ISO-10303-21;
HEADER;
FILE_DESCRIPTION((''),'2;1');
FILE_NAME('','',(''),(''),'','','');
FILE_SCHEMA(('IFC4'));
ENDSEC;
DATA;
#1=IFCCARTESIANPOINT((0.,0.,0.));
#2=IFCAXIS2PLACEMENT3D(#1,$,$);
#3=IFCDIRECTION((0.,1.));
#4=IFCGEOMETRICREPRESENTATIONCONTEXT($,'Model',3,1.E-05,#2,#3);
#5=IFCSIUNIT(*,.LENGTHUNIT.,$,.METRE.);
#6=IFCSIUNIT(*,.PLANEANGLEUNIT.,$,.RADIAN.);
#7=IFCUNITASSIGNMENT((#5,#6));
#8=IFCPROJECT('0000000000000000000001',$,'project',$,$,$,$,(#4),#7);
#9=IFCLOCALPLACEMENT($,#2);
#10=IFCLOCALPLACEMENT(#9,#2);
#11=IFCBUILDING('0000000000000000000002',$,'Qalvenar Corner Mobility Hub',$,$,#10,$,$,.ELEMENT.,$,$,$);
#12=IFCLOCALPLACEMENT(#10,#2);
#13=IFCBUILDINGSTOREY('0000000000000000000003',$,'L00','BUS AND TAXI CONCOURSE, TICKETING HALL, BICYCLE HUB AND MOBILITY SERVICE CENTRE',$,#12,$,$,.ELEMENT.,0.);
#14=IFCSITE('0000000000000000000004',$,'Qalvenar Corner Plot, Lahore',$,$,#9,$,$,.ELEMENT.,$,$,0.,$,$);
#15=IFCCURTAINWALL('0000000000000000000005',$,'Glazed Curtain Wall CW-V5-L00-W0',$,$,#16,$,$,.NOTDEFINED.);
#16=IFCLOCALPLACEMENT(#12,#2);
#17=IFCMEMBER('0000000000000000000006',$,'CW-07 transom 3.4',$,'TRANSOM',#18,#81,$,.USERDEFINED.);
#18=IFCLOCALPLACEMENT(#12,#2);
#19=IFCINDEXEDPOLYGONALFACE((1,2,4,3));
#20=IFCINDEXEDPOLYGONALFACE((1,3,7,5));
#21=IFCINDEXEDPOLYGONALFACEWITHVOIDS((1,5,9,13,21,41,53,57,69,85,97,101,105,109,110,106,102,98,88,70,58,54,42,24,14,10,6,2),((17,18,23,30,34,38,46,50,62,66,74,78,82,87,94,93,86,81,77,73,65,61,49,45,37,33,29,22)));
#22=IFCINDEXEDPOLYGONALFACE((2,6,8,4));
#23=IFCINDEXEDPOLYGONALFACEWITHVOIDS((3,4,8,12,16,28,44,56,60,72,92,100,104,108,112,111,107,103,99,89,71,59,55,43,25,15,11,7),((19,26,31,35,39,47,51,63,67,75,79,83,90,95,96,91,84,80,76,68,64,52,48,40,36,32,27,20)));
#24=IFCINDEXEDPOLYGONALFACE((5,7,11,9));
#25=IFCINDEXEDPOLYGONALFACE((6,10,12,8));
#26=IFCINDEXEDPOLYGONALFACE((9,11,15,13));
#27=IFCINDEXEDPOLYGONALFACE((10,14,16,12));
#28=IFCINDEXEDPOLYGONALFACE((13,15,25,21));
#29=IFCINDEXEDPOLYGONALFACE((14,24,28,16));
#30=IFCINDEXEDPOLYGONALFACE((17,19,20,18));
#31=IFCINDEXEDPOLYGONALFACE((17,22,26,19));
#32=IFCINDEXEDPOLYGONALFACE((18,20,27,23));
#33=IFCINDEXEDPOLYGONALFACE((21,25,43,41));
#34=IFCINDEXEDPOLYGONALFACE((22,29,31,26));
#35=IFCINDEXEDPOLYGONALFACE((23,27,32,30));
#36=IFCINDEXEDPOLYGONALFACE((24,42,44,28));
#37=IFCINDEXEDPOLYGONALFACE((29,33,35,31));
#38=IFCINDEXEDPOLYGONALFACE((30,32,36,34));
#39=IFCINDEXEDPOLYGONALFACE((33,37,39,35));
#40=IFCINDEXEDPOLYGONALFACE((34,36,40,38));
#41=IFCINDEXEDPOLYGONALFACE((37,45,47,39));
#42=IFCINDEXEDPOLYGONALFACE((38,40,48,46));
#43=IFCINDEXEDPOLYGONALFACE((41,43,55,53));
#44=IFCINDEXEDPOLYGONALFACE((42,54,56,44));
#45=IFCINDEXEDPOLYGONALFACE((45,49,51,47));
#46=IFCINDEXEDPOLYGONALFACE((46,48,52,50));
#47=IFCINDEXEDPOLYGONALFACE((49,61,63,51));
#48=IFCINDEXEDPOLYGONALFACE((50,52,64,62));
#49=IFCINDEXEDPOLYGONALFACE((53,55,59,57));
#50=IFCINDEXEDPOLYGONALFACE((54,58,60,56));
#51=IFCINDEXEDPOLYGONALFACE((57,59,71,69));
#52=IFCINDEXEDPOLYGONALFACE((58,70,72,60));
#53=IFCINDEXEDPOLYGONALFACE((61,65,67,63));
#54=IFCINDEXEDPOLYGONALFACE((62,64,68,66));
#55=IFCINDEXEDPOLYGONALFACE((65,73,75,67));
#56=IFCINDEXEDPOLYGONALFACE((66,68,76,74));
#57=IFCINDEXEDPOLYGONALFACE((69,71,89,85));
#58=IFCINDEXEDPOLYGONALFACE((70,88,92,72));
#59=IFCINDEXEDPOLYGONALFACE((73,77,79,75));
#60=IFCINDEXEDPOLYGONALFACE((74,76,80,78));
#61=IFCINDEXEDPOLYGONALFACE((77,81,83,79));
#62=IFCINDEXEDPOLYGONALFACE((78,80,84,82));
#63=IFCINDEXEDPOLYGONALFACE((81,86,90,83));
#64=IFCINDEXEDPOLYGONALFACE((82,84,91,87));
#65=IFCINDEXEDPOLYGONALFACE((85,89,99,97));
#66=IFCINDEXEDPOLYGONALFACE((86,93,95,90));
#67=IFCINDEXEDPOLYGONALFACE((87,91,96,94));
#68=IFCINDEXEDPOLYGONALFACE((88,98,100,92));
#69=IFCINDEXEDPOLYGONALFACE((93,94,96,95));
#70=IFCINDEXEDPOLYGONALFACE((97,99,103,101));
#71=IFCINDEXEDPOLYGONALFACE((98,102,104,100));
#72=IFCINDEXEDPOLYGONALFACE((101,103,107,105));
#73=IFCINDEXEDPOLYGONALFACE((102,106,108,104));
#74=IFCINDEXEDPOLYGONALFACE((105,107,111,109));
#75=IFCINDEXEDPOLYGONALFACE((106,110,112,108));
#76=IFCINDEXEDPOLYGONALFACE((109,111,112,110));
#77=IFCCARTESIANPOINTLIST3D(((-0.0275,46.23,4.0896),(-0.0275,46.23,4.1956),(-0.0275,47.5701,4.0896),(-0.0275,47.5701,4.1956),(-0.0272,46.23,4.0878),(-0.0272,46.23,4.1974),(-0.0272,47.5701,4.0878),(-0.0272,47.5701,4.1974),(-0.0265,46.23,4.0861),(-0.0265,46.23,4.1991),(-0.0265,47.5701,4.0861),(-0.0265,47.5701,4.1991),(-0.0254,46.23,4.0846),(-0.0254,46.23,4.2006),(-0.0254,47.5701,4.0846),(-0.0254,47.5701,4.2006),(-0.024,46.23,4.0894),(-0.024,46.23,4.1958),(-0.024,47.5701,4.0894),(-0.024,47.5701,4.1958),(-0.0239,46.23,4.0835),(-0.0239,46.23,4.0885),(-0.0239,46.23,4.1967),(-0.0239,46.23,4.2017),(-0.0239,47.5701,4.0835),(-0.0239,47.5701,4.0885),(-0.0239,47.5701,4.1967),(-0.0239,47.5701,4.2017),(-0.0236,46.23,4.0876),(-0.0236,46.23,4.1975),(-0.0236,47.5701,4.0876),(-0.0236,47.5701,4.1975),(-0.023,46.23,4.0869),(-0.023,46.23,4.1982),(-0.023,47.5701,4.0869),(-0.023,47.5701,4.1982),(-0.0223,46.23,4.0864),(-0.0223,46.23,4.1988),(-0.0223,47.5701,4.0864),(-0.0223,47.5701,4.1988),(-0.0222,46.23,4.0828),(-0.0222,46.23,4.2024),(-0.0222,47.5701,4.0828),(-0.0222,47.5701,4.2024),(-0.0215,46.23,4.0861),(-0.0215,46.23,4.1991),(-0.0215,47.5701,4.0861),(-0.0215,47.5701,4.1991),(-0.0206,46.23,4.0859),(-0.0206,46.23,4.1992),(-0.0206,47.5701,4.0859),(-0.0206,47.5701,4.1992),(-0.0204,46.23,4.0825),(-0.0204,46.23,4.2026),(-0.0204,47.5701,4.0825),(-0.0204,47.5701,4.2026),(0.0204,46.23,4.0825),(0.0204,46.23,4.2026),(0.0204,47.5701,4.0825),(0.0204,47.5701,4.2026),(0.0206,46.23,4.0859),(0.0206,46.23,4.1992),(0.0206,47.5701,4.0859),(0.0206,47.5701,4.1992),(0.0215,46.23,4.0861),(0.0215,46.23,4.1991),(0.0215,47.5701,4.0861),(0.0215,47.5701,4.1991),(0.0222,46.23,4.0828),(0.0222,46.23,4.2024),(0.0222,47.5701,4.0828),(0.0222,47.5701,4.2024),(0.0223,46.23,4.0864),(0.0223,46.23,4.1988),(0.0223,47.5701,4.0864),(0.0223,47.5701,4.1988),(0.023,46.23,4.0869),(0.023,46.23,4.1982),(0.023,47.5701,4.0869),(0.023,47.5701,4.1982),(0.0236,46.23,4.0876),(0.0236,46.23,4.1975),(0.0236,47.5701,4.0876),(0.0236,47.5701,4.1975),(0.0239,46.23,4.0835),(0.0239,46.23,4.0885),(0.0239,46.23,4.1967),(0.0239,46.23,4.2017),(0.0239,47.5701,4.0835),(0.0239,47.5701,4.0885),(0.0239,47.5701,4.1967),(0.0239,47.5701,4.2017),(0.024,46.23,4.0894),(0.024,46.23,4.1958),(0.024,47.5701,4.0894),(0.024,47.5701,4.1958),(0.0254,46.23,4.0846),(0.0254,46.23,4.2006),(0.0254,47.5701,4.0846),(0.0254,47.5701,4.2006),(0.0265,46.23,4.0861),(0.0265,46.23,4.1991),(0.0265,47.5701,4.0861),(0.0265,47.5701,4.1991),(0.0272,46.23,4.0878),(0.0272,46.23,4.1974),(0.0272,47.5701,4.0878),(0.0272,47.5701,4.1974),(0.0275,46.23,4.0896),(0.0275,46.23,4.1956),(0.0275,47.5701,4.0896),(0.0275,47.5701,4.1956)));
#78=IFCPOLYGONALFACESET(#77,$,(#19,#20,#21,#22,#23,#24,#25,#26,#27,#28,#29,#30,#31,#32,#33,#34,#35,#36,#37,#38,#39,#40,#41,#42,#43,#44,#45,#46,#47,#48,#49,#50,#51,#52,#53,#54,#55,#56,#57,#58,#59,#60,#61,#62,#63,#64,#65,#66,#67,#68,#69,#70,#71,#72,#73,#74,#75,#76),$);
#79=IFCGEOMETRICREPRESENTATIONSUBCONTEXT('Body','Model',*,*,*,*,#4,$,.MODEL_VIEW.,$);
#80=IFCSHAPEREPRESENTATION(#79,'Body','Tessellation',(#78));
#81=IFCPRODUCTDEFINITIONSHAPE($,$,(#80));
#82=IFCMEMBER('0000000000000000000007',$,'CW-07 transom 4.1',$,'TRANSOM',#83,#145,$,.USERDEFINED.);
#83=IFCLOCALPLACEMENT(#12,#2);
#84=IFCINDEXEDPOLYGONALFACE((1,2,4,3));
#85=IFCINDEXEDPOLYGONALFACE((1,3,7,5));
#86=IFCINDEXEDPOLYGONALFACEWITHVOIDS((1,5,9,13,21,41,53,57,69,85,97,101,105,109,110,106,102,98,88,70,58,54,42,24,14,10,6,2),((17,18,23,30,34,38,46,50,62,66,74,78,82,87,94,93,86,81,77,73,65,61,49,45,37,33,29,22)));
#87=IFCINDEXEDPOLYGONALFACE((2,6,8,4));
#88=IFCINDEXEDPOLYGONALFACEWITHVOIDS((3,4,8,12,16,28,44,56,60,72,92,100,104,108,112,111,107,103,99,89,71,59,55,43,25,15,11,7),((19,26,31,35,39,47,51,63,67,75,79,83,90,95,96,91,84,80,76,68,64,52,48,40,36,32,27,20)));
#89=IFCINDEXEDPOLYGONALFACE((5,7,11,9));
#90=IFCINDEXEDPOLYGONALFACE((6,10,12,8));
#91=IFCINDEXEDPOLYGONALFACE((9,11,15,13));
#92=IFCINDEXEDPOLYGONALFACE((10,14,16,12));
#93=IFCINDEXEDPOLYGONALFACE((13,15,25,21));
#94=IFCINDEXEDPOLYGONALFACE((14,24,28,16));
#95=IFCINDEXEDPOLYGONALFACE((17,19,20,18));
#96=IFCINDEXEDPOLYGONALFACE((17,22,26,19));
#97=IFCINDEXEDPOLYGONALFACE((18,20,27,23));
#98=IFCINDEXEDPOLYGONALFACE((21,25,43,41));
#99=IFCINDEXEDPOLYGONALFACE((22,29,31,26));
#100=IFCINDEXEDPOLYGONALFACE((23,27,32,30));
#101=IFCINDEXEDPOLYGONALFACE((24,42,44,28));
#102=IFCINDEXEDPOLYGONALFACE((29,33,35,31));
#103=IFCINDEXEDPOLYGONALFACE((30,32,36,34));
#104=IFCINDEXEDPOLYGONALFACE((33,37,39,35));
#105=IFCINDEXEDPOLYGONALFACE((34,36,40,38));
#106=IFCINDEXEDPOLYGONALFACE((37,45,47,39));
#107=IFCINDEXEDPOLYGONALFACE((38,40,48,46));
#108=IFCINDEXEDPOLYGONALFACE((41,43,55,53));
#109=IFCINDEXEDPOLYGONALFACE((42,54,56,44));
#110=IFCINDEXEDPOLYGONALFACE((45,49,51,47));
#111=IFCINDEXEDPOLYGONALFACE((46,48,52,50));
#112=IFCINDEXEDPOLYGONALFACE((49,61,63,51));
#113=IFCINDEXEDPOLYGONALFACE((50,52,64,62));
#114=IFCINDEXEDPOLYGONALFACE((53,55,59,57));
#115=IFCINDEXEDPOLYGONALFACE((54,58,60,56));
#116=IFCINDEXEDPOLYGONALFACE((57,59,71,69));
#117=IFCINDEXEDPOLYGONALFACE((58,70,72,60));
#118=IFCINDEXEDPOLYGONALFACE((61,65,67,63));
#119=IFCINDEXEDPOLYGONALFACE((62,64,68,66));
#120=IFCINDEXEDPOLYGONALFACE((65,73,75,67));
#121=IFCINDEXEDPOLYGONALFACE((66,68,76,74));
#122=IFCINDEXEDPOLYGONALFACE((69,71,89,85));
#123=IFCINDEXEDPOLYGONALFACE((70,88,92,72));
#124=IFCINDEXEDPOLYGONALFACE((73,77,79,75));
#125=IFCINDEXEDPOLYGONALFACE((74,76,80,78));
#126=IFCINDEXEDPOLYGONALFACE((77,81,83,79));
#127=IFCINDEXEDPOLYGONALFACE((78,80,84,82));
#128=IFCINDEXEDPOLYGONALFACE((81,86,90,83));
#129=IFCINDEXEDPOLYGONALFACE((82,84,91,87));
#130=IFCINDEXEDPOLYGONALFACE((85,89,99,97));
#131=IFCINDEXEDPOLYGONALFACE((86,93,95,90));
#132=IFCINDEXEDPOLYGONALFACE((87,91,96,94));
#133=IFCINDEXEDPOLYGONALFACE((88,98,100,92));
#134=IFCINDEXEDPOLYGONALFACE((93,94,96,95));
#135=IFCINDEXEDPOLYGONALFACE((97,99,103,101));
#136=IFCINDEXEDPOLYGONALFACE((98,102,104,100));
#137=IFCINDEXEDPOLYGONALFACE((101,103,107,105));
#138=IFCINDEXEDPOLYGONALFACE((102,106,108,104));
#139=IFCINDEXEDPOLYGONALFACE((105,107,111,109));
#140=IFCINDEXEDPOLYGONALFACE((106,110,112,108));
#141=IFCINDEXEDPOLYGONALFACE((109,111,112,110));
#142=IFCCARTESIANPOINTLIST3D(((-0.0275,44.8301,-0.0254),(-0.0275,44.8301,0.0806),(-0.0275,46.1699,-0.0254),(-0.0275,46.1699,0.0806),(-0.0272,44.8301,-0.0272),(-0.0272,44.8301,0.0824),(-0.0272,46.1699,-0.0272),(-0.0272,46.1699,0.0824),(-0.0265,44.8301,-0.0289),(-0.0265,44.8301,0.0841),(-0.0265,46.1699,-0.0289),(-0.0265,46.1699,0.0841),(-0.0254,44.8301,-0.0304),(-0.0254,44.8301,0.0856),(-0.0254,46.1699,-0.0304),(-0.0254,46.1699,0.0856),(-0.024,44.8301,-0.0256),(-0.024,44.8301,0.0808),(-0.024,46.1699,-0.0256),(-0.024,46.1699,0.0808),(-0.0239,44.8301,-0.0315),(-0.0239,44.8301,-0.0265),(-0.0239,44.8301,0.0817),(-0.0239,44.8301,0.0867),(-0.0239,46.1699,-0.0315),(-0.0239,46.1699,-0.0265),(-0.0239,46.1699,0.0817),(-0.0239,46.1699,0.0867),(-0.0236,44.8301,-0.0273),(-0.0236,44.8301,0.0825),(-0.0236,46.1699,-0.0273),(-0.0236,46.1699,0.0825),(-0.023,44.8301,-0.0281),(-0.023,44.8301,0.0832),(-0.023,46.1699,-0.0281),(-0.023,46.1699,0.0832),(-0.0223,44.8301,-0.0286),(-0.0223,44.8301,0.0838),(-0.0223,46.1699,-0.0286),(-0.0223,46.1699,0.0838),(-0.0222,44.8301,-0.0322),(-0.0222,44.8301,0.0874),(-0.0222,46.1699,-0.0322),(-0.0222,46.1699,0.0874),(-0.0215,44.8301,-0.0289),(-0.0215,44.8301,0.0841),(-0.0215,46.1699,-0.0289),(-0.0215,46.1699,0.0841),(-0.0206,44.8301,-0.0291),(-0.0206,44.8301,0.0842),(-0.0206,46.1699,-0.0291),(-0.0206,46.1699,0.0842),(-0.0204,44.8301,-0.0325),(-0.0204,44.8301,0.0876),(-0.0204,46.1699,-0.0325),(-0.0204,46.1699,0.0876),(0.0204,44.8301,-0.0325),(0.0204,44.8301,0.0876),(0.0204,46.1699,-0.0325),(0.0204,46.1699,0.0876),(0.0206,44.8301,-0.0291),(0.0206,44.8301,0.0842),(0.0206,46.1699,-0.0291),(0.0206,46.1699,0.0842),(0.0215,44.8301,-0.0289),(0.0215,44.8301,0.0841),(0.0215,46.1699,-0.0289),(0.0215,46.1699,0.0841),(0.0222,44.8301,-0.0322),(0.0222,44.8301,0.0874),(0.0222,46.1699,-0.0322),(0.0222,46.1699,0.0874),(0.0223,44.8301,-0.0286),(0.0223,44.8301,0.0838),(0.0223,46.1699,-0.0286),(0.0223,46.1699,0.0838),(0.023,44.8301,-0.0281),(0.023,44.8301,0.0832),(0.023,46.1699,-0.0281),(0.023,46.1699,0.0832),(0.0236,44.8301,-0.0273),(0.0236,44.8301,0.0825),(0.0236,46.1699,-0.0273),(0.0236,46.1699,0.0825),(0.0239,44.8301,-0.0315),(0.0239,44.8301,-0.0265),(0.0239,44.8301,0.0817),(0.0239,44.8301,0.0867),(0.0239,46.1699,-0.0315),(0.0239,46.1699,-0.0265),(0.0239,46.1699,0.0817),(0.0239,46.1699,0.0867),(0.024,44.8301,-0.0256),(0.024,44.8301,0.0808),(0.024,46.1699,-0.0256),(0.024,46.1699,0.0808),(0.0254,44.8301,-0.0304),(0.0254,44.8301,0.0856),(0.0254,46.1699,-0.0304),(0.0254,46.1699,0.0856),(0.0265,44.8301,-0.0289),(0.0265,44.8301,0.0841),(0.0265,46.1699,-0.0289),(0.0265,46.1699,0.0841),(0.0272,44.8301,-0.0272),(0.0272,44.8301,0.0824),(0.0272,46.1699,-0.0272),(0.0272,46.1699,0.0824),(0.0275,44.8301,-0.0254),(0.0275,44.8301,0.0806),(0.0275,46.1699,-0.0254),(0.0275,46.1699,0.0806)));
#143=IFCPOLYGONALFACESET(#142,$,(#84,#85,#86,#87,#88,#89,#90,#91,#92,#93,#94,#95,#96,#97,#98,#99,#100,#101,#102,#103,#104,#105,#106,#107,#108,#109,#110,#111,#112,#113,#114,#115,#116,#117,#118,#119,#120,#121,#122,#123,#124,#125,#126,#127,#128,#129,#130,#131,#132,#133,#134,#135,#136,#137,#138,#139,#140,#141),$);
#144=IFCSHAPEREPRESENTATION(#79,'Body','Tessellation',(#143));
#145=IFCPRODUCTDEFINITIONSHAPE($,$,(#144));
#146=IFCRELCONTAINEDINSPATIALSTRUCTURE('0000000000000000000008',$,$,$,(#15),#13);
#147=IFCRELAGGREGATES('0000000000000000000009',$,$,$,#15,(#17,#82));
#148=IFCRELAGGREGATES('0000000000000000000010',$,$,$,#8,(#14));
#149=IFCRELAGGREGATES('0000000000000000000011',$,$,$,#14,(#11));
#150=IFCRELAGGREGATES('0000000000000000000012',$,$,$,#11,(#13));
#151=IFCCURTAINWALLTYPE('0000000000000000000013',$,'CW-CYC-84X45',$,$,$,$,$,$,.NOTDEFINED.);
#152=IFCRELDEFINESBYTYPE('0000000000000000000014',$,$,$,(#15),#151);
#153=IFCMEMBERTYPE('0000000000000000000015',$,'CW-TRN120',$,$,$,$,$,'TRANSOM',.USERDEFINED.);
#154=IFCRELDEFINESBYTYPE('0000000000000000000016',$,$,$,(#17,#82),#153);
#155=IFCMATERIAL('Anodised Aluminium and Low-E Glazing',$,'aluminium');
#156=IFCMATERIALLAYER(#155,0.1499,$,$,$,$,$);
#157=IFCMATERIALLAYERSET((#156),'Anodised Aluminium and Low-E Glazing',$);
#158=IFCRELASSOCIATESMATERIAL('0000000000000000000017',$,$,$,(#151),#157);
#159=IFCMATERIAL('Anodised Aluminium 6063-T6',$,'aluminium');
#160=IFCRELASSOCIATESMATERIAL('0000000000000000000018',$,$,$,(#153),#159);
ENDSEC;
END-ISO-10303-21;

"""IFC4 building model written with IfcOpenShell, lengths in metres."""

from ifc_helpers import new_model, si_unit, direction, frame, origin, origin_2d, place, context, subcontext, project, spatial, hollow_rectangle, extrude, material, layer, layer_set, material_profile, profile_set, type_object, element, aggregate, save


model = new_model("IFC4")

# Units and contexts
model_context = context("Model", 3, precision=1e-05, world=origin(), true_north=direction((0.0, 1.0)))
body_context = subcontext(model_context, "Body", "Model", "MODEL_VIEW")
ifc_project = project(units=[si_unit("LENGTHUNIT", "METRE"), si_unit("PLANEANGLEUNIT", "RADIAN")], contexts=[model_context])

# Site, building, storey
site_placement = place(None, origin())
site = spatial("IfcSite", under=ifc_project, at=site_placement, Name="Qalvenar Corner Plot, Lahore", CompositionType="ELEMENT", RefElevation=0.0)
building_placement = place(site_placement, origin())
building = spatial("IfcBuilding", under=site, at=building_placement, Name="Qalvenar Corner Mobility Hub", CompositionType="ELEMENT")
storey_placement = place(building_placement, origin())
storey = spatial("IfcBuildingStorey", under=building, at=storey_placement, Name="L00", Description="BUS AND TAXI CONCOURSE, TICKETING HALL, BICYCLE HUB AND MOBILITY SERVICE CENTRE", CompositionType="ELEMENT", Elevation=0.0)

# Curtain wall, members
ifc_material_1 = material(Name="Anodised Aluminium and Low-E Glazing", Category="aluminium")
ifc_layer_1 = layer(ifc_material_1, 0.1499)
ifc_layer_set_1 = layer_set([ifc_layer_1], Name="Anodised Aluminium and Low-E Glazing")
curtain_wall_type = type_object("IfcCurtainWallType", Name="CW-CYC-84X45", PredefinedType="NOTDEFINED", material=ifc_layer_set_1)
curtain_wall_placement = place(storey_placement, origin())
curtain_wall = element("IfcCurtainWall", 1, at=curtain_wall_placement, inside=storey, type_object=curtain_wall_type, Name="Glazed Curtain Wall CW-V5-L00-W0", PredefinedType="NOTDEFINED")
ifc_material_2 = material(Name="Anodised Aluminium 6063-T6", Category="aluminium")
ifc_material_profile_1 = material_profile(ifc_material_2, hollow_rectangle(XDim=0.0549, YDim=0.1201, WallThickness=0.0034, InnerFilletRadius=0.0034, OuterFilletRadius=0.0071, at=origin_2d()), Name="RHS120x55x3.5")
ifc_profile_set_1 = profile_set([ifc_material_profile_1], Name="Anodised Aluminium 6063-T6")
member_type_1 = type_object("IfcMemberType", Name="CW-TRN120", ElementType="TRANSOM", PredefinedType="USERDEFINED", material=ifc_profile_set_1)
member_1_placement = place(storey_placement, frame((0.0, 47.5701, 4.1426), z_axis=(0.0, -1.0, 0.0), x_axis=(1.0, 0.0, 0.0)))
member_1 = element("IfcMember", 2, at=member_1_placement, type_object=member_type_1, Name="CW-07 transom 3.4", ObjectType="TRANSOM", PredefinedType="USERDEFINED", context=body_context, shape_type="SweptSolid", body=[
    extrude(hollow_rectangle(XDim=0.0549, YDim=0.1201, WallThickness=0.0034, InnerFilletRadius=0.0034, OuterFilletRadius=0.0071, at=origin_2d()), origin(), (0.0, 0.0, 1.0), 1.3401),
])
member_2_placement = place(storey_placement, frame((0.0, 46.1699, 0.0276), z_axis=(0.0, -1.0, 0.0), x_axis=(1.0, 0.0, 0.0)))
member_2 = element("IfcMember", 3, at=member_2_placement, type_object=member_type_1, Name="CW-07 transom 4.1", ObjectType="TRANSOM", PredefinedType="USERDEFINED", context=body_context, shape_type="SweptSolid", body=[
    extrude(hollow_rectangle(XDim=0.0549, YDim=0.1201, WallThickness=0.0034, InnerFilletRadius=0.0034, OuterFilletRadius=0.0071, at=origin_2d()), origin(), (0.0, 0.0, 1.0), 1.3398),
])
aggregate(curtain_wall, [member_1, member_2])

save(model, "model.ifc")
